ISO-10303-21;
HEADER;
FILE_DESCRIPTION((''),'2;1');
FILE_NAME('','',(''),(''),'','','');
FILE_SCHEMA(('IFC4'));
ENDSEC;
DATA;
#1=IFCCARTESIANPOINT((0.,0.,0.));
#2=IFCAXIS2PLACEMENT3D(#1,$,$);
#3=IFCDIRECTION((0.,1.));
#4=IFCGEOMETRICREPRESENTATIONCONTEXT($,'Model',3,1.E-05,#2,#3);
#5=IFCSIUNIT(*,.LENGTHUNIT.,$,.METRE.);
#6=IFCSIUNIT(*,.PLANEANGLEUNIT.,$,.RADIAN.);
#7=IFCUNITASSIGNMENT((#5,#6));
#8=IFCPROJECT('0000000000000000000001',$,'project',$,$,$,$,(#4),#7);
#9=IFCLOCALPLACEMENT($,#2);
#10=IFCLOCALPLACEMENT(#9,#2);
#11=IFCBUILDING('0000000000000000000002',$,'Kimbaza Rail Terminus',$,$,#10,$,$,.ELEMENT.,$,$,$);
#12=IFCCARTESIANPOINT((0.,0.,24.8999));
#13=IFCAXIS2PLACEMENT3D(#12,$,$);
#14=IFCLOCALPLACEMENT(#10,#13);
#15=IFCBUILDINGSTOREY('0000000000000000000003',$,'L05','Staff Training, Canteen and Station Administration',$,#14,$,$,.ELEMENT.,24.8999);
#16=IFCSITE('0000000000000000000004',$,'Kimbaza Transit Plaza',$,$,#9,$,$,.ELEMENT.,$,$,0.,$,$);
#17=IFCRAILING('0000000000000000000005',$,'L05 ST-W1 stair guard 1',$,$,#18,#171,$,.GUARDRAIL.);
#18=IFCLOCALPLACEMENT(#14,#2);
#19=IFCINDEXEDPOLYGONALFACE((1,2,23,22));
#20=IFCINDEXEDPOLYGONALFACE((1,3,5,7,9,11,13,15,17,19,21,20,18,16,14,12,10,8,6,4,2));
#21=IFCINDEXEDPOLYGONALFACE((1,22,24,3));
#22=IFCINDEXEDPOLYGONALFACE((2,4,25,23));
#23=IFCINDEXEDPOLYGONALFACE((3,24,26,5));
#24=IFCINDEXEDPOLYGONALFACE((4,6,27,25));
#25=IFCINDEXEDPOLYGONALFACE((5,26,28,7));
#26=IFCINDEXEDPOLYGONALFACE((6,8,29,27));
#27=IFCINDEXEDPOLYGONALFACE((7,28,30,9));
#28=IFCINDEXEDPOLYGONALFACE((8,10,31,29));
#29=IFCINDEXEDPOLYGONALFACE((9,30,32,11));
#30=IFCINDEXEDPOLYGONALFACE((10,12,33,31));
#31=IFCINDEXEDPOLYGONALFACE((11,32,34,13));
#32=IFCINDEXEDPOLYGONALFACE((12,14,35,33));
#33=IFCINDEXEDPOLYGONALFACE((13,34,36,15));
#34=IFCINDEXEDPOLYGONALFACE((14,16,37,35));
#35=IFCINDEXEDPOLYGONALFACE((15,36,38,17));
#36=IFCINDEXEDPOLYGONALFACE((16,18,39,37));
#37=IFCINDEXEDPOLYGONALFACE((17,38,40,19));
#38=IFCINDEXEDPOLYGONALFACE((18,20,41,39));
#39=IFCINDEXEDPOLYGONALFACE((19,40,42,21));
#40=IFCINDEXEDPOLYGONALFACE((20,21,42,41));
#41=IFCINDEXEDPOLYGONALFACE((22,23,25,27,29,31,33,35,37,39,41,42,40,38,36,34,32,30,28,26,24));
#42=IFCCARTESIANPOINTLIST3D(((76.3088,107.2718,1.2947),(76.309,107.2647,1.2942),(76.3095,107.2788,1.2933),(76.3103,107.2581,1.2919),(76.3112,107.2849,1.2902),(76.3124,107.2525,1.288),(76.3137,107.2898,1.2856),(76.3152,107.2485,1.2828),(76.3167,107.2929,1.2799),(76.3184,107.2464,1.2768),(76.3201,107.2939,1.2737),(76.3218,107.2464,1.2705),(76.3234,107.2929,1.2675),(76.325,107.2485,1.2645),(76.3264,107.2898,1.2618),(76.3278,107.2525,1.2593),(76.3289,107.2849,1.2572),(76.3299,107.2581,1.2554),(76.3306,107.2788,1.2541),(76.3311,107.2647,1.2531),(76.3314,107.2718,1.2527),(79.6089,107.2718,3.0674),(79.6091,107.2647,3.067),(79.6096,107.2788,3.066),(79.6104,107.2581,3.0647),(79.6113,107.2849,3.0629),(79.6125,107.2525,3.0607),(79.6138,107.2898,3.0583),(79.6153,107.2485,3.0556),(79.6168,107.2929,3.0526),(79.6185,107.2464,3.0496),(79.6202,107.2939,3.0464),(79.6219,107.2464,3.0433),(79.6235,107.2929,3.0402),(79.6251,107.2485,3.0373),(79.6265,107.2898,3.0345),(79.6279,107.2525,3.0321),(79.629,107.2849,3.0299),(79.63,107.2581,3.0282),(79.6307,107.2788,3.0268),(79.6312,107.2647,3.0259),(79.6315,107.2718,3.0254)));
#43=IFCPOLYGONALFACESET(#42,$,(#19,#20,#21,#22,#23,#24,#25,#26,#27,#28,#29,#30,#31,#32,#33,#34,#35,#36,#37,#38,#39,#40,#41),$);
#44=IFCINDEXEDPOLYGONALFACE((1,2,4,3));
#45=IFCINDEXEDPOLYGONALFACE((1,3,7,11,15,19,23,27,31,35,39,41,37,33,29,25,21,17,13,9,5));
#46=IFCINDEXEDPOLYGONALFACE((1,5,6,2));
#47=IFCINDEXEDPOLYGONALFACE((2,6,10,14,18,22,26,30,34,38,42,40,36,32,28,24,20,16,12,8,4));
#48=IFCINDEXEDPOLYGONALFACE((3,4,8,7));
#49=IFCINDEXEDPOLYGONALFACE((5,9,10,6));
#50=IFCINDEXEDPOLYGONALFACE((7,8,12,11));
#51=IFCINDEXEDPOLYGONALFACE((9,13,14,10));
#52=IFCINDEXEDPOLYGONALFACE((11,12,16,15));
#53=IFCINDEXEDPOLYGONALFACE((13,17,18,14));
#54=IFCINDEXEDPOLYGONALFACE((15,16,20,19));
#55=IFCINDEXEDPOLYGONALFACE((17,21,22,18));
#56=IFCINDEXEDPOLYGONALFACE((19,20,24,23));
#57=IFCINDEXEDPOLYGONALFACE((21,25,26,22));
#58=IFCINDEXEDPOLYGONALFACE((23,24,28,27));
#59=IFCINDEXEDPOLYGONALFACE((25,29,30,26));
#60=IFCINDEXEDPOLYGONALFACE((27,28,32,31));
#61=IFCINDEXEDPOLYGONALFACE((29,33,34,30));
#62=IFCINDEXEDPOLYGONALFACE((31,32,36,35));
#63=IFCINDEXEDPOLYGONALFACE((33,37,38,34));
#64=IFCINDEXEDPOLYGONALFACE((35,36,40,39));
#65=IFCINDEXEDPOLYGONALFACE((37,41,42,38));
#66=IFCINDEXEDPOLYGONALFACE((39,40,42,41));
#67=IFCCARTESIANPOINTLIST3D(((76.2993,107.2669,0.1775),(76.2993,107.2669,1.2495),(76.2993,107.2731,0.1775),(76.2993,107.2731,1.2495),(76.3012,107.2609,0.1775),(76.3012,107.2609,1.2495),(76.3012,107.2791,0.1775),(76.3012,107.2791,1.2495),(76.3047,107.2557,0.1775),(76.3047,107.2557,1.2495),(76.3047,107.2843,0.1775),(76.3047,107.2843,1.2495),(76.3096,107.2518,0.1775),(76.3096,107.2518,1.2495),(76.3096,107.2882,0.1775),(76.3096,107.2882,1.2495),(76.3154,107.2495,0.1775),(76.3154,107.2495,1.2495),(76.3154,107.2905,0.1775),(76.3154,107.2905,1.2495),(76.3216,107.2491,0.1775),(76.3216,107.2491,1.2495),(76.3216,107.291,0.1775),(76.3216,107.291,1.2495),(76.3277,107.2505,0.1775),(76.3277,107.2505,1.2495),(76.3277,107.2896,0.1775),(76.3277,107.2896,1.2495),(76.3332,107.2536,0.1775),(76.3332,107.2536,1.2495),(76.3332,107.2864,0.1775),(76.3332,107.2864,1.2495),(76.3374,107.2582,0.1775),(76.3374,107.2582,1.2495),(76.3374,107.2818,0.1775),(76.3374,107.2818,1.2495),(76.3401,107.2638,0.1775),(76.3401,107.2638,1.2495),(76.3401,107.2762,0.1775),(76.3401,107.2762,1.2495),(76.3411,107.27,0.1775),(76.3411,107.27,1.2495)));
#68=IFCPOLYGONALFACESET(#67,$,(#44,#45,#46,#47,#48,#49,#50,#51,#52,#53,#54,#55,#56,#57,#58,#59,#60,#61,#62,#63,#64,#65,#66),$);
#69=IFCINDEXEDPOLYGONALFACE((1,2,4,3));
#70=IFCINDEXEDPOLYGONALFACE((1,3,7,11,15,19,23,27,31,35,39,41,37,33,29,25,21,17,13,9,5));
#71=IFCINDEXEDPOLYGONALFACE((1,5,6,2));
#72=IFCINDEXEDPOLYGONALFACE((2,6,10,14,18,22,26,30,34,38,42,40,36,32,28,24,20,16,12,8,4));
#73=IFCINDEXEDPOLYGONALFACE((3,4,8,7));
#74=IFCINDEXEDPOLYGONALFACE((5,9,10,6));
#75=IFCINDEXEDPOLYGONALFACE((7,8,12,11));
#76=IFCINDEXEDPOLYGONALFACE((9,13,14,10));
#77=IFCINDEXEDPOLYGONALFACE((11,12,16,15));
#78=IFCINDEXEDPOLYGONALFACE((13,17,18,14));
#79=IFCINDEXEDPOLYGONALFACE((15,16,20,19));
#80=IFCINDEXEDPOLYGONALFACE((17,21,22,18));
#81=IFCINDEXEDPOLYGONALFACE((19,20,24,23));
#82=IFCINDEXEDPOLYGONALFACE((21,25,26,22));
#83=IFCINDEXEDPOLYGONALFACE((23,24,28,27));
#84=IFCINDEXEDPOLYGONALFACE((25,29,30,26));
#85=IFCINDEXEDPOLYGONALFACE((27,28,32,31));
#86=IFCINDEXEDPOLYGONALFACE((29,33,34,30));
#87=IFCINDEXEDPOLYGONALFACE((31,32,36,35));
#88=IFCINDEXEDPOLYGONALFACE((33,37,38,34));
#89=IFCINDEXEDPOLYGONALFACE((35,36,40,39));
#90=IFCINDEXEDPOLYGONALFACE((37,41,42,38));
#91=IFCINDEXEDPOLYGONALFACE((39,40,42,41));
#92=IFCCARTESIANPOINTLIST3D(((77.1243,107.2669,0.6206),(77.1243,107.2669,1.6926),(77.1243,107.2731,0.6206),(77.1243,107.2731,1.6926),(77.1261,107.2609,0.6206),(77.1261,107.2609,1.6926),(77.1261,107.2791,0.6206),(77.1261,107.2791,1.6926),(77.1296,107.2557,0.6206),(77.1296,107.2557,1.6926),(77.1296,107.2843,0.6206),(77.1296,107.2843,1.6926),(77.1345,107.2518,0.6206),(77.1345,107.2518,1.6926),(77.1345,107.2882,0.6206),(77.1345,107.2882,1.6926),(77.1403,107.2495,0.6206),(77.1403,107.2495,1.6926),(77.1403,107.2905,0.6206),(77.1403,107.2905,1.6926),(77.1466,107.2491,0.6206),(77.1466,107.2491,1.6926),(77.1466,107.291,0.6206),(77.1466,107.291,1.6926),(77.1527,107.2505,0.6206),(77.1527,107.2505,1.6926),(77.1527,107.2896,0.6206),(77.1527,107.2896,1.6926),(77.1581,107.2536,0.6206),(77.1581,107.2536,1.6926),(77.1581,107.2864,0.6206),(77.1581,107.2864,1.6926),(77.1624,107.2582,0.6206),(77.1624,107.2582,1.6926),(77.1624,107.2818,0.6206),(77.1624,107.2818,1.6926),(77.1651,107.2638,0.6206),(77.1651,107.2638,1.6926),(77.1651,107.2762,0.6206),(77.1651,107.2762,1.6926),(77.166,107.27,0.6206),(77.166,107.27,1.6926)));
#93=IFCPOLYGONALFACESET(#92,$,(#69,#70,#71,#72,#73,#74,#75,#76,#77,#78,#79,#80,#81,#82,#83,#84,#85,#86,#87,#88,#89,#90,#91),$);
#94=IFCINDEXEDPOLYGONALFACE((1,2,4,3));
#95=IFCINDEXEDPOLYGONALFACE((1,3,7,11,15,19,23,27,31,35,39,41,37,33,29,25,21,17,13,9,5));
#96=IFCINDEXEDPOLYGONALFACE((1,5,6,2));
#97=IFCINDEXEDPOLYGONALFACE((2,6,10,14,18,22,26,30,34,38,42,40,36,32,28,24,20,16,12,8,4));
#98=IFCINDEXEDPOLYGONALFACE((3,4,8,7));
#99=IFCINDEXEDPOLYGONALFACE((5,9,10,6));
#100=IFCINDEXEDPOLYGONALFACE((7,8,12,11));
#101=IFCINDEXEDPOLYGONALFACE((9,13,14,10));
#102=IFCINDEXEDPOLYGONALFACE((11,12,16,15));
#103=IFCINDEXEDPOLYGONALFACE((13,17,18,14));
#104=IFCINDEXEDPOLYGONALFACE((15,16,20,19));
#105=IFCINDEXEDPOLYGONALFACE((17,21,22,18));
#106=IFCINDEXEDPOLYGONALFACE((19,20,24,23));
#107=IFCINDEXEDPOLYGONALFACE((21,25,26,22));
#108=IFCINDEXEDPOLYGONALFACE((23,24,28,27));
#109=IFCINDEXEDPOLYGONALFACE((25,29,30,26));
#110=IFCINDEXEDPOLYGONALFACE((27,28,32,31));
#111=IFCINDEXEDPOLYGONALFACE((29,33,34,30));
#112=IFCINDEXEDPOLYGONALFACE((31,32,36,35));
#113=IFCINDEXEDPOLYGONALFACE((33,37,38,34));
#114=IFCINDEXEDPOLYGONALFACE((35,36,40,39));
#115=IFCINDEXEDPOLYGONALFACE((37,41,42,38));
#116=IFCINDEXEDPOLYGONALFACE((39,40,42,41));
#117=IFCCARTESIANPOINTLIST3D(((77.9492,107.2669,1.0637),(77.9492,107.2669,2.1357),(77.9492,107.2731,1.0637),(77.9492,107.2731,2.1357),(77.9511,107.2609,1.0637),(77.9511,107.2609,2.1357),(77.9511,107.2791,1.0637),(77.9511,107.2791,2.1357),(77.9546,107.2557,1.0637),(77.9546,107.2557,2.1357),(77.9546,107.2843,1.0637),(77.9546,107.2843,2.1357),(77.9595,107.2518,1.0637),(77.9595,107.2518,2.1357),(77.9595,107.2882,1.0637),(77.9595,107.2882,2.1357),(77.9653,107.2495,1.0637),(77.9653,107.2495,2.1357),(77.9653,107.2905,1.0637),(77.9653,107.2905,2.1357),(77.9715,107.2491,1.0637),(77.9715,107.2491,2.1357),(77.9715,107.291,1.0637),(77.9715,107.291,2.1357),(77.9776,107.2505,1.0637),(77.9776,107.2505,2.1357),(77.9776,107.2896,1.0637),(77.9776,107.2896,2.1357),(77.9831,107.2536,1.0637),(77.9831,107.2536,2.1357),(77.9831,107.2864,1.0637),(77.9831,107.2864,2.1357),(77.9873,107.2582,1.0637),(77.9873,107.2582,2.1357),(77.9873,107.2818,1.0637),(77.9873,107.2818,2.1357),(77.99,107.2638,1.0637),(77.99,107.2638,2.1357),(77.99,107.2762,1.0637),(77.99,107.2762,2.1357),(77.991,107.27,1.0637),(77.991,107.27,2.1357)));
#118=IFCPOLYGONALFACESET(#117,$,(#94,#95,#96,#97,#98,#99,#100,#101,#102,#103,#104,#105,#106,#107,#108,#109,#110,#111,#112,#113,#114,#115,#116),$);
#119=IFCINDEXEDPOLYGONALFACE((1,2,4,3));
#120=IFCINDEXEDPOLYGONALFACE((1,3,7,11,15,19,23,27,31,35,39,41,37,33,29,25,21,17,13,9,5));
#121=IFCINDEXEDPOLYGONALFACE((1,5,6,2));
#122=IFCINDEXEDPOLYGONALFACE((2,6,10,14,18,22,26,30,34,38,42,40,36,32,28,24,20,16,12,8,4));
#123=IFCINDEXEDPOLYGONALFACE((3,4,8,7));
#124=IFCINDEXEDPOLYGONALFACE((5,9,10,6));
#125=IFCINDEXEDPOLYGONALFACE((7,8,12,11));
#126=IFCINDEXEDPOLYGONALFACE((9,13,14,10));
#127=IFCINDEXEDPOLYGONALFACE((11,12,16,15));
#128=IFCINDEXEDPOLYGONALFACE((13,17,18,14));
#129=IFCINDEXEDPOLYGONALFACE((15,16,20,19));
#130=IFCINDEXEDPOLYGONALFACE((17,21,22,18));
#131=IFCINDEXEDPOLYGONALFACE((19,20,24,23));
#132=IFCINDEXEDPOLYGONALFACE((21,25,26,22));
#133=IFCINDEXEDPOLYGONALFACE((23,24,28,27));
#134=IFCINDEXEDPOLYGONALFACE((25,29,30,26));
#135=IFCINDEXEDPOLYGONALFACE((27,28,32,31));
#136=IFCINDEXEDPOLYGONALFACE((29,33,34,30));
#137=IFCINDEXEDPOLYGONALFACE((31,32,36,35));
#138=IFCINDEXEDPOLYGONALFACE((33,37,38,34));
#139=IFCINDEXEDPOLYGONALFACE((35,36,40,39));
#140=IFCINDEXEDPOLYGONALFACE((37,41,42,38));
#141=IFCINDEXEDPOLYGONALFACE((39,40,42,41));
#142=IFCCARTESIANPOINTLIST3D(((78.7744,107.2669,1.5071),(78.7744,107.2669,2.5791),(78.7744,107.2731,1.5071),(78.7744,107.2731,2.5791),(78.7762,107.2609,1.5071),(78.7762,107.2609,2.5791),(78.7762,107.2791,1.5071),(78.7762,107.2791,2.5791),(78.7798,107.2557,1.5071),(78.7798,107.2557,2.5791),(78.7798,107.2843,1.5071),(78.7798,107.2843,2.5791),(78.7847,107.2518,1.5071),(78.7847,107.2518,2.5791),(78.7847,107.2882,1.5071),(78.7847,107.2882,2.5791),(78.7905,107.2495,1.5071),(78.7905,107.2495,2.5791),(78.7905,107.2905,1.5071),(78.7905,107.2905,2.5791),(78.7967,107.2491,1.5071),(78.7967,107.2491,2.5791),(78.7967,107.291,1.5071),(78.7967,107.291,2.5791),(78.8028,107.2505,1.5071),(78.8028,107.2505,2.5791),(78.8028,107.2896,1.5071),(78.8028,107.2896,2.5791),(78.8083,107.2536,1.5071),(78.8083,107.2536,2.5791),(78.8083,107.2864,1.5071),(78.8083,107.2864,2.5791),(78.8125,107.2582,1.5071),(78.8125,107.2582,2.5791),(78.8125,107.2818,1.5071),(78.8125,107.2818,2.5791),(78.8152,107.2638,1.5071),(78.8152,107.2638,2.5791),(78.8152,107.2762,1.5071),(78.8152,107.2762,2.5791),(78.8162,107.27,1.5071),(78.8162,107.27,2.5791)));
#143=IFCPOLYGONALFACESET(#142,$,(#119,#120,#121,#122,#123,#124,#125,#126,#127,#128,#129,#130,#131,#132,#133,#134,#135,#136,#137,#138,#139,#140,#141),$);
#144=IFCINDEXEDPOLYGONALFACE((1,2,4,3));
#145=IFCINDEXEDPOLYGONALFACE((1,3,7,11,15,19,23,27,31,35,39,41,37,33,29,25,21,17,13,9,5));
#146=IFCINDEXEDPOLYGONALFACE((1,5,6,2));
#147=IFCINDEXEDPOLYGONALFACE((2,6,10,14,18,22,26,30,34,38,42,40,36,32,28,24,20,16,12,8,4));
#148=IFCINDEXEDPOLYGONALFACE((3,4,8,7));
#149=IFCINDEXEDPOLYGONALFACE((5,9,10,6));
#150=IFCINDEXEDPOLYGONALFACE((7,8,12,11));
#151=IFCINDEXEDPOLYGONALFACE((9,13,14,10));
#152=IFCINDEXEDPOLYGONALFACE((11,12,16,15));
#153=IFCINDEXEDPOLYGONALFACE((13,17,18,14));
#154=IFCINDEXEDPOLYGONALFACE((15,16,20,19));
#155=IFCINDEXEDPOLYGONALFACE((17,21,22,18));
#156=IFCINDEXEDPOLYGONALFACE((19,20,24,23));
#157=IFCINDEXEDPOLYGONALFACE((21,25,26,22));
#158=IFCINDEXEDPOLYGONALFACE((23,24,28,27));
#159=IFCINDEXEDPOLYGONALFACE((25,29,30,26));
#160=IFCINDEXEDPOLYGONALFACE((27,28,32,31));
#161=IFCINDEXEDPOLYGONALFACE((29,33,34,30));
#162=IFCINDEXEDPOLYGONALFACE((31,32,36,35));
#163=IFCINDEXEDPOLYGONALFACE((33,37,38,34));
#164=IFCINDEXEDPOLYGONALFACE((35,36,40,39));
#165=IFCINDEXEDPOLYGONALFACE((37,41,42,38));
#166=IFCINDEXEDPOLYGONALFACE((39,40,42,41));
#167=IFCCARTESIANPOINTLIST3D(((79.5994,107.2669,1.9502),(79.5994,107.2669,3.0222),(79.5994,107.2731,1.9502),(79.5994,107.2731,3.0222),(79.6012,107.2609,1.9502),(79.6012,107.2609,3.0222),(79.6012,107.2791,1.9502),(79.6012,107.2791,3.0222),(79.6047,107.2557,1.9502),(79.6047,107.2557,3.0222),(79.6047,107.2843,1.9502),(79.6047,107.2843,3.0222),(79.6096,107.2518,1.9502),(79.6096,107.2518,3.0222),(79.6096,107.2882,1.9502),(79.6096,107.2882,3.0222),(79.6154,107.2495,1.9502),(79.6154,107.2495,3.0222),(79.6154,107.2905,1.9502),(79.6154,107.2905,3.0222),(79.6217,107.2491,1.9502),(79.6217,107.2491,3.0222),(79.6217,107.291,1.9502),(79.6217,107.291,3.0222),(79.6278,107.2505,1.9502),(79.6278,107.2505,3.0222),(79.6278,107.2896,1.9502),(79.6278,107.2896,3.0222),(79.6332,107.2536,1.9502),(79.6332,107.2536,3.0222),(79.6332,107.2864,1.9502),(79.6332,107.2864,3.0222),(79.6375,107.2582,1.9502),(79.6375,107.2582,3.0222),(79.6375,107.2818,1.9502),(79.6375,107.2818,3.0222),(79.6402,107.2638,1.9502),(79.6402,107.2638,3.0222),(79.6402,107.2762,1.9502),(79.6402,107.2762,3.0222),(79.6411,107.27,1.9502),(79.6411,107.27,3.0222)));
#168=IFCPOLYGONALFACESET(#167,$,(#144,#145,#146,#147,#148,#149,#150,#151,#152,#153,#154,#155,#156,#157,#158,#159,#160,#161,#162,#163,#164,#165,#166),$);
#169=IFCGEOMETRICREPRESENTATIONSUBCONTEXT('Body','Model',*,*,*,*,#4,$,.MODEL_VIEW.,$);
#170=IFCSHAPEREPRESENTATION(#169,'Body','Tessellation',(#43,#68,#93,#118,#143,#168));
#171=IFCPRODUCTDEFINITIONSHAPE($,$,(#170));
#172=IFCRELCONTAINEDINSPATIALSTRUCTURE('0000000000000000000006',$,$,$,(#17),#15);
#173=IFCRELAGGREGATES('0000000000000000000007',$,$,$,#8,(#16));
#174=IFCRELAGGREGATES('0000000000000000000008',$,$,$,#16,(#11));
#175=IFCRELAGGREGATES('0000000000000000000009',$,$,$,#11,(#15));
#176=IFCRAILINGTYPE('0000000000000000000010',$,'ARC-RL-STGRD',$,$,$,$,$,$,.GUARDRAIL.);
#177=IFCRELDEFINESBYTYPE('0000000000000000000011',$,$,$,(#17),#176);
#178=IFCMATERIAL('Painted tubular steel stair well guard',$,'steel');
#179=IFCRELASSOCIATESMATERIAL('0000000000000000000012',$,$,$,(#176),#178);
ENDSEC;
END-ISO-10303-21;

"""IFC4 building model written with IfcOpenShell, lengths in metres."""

from ifc_helpers import new_model, si_unit, direction, frame, origin, origin_2d, place, context, subcontext, project, spatial, circle, extrude, material, type_object, element, save


model = new_model("IFC4")

# Units and contexts
model_context = context("Model", 3, precision=1e-05, world=origin(), true_north=direction((0.0, 1.0)))
body_context = subcontext(model_context, "Body", "Model", "MODEL_VIEW")
ifc_project = project(units=[si_unit("LENGTHUNIT", "METRE"), si_unit("PLANEANGLEUNIT", "RADIAN")], contexts=[model_context])

# Site, building, storey
site_placement = place(None, origin())
site = spatial("IfcSite", under=ifc_project, at=site_placement, Name="Kimbaza Transit Plaza", CompositionType="ELEMENT", RefElevation=0.0)
building_placement = place(site_placement, origin())
building = spatial("IfcBuilding", under=site, at=building_placement, Name="Kimbaza Rail Terminus", CompositionType="ELEMENT")
storey_placement = place(building_placement, frame((0.0, 0.0, 24.8999)))
storey = spatial("IfcBuildingStorey", under=building, at=storey_placement, Name="L05", Description="Staff Training, Canteen and Station Administration", CompositionType="ELEMENT", Elevation=24.8999)

# Railing
ifc_material_1 = material(Name="Painted tubular steel stair well guard", Category="steel")
railing_type_1 = type_object("IfcRailingType", Name="ARC-RL-STGRD", PredefinedType="GUARDRAIL", material=ifc_material_1)
railing_1_placement = place(storey_placement, frame((76.3201, 107.27, 0.1775)))
element("IfcRailing", 1, at=railing_1_placement, inside=storey, type_object=railing_type_1, Name="L05 ST-W1 stair guard 1", PredefinedType="GUARDRAIL", context=body_context, shape_type="SweptSolid", body=[
    extrude(circle(Radius=0.0239, at=origin_2d()), frame((0.0, 0.0, 1.0962), z_axis=(0.880944, 0.0, 0.473221), x_axis=(0.0, 1.0, 0.0)), (0.0, 0.0, 1.0), 3.7461),
    extrude(circle(Radius=0.021, at=origin_2d()), origin(), (0.0, 0.0, 1.0), 1.072),
    extrude(circle(Radius=0.021, at=origin_2d()), frame((0.825, 0.0, 0.4431)), (0.0, 0.0, 1.0), 1.072),
    extrude(circle(Radius=0.021, at=origin_2d()), frame((1.6499, 0.0, 0.8862)), (0.0, 0.0, 1.0), 1.072),
    extrude(circle(Radius=0.021, at=origin_2d()), frame((2.4751, 0.0, 1.3296)), (0.0, 0.0, 1.0), 1.072),
    extrude(circle(Radius=0.021, at=origin_2d()), frame((3.3, 0.0, 1.7727)), (0.0, 0.0, 1.0), 1.072),
])

save(model, "model.ifc")
